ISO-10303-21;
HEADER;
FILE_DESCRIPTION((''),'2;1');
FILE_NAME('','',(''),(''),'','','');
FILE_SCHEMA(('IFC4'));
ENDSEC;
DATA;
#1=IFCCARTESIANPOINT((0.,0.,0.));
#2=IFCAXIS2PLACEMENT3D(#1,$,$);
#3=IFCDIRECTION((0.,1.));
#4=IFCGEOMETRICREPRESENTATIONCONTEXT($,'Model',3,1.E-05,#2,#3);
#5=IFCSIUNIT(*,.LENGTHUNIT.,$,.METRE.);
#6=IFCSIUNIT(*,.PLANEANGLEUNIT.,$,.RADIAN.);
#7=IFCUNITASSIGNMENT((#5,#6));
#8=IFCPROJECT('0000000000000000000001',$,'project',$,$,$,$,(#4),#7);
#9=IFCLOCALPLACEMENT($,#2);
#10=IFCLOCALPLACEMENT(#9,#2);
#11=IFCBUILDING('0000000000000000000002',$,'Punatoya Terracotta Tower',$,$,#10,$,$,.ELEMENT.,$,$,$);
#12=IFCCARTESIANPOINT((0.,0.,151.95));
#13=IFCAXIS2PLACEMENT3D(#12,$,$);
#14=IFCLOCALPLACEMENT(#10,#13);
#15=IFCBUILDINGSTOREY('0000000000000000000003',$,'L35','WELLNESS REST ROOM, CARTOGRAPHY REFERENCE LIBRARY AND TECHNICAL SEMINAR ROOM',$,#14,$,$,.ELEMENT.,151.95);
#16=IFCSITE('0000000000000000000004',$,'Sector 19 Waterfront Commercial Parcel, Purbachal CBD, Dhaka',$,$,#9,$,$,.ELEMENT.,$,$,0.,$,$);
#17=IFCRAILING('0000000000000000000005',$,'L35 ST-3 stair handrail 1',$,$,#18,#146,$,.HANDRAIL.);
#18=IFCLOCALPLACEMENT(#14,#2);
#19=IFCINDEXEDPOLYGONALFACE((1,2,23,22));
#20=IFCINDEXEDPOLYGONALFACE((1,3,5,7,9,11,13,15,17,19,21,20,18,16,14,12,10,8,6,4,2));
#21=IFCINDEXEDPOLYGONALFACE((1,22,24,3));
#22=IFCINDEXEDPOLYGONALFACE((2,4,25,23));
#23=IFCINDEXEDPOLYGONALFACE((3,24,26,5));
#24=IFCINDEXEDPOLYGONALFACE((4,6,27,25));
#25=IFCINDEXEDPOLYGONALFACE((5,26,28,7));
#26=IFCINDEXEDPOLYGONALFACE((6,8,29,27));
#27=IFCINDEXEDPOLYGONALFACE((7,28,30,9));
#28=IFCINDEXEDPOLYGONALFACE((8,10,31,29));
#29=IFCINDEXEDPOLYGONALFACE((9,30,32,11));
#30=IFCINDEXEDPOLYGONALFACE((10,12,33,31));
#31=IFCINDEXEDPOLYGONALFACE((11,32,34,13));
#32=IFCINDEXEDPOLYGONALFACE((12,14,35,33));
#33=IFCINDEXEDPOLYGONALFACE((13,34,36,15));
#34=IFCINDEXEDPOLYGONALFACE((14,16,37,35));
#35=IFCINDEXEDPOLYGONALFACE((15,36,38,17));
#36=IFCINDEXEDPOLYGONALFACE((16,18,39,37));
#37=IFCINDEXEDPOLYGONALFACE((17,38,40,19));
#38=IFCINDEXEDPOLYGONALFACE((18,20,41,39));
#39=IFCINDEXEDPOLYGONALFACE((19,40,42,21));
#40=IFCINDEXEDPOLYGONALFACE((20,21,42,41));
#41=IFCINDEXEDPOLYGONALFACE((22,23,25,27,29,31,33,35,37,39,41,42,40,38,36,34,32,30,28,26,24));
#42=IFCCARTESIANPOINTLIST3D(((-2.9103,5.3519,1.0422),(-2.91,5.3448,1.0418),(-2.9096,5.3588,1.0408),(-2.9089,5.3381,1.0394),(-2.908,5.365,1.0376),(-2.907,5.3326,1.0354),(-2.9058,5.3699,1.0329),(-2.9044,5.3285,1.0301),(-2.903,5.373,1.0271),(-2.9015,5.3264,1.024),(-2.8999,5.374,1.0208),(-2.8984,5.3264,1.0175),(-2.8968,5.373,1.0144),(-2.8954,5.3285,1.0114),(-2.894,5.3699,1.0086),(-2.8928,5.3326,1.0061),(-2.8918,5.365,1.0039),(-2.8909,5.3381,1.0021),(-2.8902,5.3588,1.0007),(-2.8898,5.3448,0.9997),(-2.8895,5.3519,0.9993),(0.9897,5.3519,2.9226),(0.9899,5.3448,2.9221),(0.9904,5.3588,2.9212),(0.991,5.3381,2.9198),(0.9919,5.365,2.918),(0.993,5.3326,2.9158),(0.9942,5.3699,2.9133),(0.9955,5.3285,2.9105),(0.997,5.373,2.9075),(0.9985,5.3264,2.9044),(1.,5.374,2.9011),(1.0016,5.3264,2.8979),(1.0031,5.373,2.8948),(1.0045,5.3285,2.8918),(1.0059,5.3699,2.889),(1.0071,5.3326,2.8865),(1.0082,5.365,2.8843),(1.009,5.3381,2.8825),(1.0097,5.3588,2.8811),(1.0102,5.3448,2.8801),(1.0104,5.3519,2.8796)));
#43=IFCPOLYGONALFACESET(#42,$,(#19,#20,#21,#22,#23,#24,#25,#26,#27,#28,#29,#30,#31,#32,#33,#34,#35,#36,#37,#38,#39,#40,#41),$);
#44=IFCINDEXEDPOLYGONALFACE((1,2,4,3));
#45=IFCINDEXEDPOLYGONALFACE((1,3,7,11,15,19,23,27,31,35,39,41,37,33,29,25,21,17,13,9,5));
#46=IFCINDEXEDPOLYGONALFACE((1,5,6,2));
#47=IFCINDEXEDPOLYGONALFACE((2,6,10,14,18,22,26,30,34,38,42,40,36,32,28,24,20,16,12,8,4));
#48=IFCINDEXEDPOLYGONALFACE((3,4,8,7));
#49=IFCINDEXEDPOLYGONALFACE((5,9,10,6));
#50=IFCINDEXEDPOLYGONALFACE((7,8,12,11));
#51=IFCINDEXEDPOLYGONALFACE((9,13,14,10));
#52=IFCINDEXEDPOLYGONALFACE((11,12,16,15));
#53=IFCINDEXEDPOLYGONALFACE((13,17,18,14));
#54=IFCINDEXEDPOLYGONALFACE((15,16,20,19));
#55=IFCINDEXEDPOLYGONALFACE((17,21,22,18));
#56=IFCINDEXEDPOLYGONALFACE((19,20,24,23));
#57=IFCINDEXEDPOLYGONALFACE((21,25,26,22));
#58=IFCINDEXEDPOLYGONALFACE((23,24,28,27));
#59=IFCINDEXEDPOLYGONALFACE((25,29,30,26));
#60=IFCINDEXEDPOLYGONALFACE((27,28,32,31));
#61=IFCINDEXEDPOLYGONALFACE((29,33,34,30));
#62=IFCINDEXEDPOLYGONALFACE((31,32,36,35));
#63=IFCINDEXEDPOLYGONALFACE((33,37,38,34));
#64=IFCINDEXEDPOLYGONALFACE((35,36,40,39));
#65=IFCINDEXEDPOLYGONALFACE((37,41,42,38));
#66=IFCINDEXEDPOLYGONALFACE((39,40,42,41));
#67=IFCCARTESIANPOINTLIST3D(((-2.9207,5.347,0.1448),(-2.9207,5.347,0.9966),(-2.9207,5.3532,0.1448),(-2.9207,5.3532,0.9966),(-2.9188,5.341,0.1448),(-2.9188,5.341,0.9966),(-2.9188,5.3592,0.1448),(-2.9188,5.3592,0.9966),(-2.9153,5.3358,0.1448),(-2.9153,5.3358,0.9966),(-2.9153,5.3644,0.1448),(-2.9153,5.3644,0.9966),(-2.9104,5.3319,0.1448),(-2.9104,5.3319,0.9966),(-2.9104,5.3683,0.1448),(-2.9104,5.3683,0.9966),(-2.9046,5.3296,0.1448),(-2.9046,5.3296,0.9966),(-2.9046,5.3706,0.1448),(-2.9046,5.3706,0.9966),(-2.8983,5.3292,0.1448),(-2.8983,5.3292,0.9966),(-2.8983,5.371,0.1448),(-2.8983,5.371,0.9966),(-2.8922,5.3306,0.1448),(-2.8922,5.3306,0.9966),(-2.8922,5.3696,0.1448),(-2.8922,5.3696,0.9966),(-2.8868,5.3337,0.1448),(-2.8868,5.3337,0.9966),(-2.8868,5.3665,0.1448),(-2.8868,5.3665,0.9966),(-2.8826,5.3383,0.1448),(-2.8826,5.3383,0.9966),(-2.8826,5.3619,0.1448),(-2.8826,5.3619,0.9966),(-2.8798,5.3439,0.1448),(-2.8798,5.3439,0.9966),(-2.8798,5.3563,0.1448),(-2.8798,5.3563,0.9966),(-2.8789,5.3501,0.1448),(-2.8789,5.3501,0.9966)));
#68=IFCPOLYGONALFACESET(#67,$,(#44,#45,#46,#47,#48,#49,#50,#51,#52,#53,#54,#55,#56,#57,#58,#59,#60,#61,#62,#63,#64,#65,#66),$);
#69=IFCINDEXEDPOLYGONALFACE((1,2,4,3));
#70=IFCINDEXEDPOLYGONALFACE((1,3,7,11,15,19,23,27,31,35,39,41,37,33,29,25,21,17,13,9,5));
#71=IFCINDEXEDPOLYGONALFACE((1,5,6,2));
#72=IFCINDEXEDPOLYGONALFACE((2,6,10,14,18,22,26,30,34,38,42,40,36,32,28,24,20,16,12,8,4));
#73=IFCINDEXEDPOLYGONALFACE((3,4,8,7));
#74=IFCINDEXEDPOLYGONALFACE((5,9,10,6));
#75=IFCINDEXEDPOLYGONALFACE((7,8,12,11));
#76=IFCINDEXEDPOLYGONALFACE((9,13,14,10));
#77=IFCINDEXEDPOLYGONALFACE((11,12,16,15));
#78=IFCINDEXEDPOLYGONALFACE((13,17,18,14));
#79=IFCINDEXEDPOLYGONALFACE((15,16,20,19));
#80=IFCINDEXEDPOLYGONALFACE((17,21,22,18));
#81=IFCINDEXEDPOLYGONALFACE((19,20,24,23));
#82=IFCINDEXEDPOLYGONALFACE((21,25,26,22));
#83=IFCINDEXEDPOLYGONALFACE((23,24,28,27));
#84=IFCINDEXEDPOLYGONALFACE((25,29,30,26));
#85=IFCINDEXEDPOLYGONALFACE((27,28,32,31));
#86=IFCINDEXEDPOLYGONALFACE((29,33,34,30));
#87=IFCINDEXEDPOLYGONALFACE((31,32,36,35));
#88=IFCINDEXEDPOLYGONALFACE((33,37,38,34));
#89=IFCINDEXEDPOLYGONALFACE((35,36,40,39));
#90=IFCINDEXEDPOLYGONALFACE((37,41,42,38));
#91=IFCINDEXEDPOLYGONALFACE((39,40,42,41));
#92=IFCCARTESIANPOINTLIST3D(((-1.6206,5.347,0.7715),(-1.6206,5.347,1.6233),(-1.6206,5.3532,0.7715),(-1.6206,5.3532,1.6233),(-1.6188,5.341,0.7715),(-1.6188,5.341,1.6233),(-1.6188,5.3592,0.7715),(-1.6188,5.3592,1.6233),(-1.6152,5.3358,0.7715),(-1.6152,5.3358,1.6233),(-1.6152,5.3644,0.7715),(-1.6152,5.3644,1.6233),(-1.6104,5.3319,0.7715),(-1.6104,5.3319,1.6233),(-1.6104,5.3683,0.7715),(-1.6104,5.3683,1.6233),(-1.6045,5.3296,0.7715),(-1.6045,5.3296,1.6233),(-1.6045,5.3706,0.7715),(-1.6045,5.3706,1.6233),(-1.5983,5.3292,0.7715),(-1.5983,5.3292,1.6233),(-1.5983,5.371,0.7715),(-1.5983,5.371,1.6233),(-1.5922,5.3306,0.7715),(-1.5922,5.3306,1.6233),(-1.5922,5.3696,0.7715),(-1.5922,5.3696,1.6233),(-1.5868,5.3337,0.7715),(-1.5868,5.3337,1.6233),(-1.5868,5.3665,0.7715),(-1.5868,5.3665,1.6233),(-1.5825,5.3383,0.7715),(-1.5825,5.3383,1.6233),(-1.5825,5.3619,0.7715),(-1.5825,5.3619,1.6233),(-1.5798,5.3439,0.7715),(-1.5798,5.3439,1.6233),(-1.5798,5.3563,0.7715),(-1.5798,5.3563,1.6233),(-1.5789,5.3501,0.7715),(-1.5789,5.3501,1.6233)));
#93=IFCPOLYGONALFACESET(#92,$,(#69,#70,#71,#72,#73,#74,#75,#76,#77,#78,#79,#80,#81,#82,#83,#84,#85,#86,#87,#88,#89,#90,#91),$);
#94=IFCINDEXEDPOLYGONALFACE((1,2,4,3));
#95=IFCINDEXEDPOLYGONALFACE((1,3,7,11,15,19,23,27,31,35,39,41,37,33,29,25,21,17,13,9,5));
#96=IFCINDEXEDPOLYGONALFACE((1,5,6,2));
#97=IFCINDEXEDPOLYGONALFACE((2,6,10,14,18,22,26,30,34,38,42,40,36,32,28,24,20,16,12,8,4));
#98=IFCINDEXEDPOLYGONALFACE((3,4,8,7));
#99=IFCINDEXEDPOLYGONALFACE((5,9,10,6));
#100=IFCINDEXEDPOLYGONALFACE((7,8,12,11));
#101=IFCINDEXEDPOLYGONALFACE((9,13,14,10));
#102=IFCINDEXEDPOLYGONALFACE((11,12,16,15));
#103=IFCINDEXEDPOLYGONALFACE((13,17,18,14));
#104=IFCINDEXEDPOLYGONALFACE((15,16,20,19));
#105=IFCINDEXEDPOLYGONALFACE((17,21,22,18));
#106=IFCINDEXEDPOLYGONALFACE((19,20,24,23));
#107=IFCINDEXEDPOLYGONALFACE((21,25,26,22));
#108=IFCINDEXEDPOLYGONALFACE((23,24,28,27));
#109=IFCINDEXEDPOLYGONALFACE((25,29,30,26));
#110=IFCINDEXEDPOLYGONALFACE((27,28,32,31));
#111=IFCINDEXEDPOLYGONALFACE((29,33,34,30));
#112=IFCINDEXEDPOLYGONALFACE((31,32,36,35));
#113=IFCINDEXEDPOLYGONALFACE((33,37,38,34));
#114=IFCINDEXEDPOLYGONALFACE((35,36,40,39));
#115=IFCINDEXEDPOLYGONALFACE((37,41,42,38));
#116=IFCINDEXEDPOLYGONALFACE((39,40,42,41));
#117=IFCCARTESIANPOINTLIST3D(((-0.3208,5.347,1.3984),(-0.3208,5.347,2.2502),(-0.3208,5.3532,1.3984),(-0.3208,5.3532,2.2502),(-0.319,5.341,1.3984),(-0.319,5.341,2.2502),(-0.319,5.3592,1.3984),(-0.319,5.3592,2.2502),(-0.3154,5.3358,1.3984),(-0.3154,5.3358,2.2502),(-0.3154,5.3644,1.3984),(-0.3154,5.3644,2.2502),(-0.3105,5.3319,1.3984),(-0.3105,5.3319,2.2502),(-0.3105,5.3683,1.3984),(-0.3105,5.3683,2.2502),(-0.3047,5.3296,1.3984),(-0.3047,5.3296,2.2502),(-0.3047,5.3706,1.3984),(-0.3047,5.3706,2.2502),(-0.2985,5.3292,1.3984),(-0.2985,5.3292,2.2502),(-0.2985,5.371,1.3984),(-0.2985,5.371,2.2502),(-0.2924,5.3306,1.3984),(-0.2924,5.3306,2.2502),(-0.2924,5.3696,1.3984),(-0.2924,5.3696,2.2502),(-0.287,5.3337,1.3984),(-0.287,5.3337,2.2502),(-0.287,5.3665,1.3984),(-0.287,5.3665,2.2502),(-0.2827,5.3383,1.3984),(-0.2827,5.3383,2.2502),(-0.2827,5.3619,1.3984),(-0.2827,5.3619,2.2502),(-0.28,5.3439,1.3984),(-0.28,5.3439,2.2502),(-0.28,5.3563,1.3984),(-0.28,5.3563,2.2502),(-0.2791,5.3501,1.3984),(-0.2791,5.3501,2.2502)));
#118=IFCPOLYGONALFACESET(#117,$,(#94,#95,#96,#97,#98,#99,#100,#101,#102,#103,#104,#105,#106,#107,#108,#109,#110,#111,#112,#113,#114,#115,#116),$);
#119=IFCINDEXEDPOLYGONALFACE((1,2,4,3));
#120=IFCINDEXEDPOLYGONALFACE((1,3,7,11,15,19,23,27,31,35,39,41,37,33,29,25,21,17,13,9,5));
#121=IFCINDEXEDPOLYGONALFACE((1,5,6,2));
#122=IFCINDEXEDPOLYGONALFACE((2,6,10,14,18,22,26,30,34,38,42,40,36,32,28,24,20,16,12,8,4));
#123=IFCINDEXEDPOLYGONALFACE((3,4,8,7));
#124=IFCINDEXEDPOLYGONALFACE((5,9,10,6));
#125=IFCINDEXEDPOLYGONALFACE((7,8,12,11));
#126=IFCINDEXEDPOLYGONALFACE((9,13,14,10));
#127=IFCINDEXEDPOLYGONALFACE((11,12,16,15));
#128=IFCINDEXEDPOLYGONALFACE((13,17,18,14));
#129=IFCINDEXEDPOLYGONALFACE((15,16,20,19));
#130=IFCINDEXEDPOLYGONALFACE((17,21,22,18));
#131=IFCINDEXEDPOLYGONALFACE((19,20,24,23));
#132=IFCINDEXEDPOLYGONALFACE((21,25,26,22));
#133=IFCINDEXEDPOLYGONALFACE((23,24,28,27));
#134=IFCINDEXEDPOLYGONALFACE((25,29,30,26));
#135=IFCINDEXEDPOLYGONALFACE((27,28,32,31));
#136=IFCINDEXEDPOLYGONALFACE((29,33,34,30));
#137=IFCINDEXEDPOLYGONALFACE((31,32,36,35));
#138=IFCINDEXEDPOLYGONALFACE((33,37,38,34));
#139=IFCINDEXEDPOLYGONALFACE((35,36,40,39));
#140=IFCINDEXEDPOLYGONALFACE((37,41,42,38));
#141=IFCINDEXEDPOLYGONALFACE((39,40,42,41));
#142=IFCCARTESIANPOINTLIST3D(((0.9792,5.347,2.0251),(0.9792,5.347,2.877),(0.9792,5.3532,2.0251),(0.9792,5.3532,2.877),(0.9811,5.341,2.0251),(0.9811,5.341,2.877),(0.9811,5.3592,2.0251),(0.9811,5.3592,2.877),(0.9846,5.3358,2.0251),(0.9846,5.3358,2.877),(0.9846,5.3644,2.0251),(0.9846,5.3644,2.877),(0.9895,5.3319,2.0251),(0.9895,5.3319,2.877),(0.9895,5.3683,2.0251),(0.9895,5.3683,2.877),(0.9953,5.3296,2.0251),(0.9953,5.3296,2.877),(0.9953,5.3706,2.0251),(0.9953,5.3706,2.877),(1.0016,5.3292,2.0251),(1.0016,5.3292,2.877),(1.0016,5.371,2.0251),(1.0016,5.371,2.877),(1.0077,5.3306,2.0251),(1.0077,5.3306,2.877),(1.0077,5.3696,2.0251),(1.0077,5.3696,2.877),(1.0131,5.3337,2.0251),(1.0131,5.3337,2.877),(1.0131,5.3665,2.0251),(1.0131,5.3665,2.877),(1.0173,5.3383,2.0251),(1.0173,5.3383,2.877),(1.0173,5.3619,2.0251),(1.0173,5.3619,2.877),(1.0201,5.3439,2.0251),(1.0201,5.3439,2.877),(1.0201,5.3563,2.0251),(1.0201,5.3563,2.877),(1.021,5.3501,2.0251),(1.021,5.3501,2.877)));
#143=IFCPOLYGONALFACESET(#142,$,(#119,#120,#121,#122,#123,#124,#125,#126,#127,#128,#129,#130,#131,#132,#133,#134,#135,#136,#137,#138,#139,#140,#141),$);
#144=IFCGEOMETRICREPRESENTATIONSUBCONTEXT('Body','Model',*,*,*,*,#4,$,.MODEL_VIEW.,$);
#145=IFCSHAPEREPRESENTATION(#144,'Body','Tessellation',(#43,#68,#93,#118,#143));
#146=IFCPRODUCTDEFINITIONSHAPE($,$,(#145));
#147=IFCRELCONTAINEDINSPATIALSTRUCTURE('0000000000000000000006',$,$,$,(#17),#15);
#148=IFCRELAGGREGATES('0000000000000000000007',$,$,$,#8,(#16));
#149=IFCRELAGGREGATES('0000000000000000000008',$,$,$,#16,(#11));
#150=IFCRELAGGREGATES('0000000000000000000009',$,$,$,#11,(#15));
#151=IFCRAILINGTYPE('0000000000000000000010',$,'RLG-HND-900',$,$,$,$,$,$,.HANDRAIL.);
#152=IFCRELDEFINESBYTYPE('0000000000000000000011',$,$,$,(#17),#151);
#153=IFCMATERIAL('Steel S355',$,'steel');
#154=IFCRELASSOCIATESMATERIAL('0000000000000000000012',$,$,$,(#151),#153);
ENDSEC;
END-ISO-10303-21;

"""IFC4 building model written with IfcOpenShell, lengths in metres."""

from ifc_helpers import new_model, si_unit, direction, frame, origin, origin_2d, place, context, subcontext, project, spatial, circle, extrude, material, type_object, element, save


model = new_model("IFC4")

# Units and contexts
model_context = context("Model", 3, precision=1e-05, world=origin(), true_north=direction((0.0, 1.0)))
body_context = subcontext(model_context, "Body", "Model", "MODEL_VIEW")
ifc_project = project(units=[si_unit("LENGTHUNIT", "METRE"), si_unit("PLANEANGLEUNIT", "RADIAN")], contexts=[model_context])

# Site, building, storey
site_placement = place(None, origin())
site = spatial("IfcSite", under=ifc_project, at=site_placement, Name="Sector 19 Waterfront Commercial Parcel, Purbachal CBD, Dhaka", CompositionType="ELEMENT", RefElevation=0.0)
building_placement = place(site_placement, origin())
building = spatial("IfcBuilding", under=site, at=building_placement, Name="Punatoya Terracotta Tower", CompositionType="ELEMENT")
storey_placement = place(building_placement, frame((0.0, 0.0, 151.95)))
storey = spatial("IfcBuildingStorey", under=building, at=storey_placement, Name="L35", Description="WELLNESS REST ROOM, CARTOGRAPHY REFERENCE LIBRARY AND TECHNICAL SEMINAR ROOM", CompositionType="ELEMENT", Elevation=151.95)

# Shared definitions
ifc_material_1 = material(Name="Steel S355", Category="steel")

# Railing
railing_type_1 = type_object("IfcRailingType", Name="RLG-HND-900", PredefinedType="HANDRAIL", material=ifc_material_1)
railing_1_placement = place(storey_placement, frame((-2.8999, 5.3501, 0.1448)))
element("IfcRailing", 1, at=railing_1_placement, inside=storey, type_object=railing_type_1, Name="L35 ST-3 stair handrail 1", PredefinedType="HANDRAIL", context=body_context, shape_type="SweptSolid", body=[
    extrude(circle(Radius=0.0239, at=origin_2d()), frame((0.0, 0.0, 0.876), z_axis=(0.900763, 0.0, 0.434311), x_axis=(0.0, 1.0, 0.0)), (0.0, 0.0, 1.0), 4.3296),
    extrude(circle(Radius=0.021, at=origin_2d()), origin(), (0.0, 0.0, 1.0), 0.8518),
    extrude(circle(Radius=0.021, at=origin_2d()), frame((1.3, 0.0, 0.6267)), (0.0, 0.0, 1.0), 0.8518),
    extrude(circle(Radius=0.021, at=origin_2d()), frame((2.5999, 0.0, 1.2537)), (0.0, 0.0, 1.0), 0.8518),
    extrude(circle(Radius=0.021, at=origin_2d()), frame((3.8999, 0.0, 1.8804)), (0.0, 0.0, 1.0), 0.8518),
])

save(model, "model.ifc")
